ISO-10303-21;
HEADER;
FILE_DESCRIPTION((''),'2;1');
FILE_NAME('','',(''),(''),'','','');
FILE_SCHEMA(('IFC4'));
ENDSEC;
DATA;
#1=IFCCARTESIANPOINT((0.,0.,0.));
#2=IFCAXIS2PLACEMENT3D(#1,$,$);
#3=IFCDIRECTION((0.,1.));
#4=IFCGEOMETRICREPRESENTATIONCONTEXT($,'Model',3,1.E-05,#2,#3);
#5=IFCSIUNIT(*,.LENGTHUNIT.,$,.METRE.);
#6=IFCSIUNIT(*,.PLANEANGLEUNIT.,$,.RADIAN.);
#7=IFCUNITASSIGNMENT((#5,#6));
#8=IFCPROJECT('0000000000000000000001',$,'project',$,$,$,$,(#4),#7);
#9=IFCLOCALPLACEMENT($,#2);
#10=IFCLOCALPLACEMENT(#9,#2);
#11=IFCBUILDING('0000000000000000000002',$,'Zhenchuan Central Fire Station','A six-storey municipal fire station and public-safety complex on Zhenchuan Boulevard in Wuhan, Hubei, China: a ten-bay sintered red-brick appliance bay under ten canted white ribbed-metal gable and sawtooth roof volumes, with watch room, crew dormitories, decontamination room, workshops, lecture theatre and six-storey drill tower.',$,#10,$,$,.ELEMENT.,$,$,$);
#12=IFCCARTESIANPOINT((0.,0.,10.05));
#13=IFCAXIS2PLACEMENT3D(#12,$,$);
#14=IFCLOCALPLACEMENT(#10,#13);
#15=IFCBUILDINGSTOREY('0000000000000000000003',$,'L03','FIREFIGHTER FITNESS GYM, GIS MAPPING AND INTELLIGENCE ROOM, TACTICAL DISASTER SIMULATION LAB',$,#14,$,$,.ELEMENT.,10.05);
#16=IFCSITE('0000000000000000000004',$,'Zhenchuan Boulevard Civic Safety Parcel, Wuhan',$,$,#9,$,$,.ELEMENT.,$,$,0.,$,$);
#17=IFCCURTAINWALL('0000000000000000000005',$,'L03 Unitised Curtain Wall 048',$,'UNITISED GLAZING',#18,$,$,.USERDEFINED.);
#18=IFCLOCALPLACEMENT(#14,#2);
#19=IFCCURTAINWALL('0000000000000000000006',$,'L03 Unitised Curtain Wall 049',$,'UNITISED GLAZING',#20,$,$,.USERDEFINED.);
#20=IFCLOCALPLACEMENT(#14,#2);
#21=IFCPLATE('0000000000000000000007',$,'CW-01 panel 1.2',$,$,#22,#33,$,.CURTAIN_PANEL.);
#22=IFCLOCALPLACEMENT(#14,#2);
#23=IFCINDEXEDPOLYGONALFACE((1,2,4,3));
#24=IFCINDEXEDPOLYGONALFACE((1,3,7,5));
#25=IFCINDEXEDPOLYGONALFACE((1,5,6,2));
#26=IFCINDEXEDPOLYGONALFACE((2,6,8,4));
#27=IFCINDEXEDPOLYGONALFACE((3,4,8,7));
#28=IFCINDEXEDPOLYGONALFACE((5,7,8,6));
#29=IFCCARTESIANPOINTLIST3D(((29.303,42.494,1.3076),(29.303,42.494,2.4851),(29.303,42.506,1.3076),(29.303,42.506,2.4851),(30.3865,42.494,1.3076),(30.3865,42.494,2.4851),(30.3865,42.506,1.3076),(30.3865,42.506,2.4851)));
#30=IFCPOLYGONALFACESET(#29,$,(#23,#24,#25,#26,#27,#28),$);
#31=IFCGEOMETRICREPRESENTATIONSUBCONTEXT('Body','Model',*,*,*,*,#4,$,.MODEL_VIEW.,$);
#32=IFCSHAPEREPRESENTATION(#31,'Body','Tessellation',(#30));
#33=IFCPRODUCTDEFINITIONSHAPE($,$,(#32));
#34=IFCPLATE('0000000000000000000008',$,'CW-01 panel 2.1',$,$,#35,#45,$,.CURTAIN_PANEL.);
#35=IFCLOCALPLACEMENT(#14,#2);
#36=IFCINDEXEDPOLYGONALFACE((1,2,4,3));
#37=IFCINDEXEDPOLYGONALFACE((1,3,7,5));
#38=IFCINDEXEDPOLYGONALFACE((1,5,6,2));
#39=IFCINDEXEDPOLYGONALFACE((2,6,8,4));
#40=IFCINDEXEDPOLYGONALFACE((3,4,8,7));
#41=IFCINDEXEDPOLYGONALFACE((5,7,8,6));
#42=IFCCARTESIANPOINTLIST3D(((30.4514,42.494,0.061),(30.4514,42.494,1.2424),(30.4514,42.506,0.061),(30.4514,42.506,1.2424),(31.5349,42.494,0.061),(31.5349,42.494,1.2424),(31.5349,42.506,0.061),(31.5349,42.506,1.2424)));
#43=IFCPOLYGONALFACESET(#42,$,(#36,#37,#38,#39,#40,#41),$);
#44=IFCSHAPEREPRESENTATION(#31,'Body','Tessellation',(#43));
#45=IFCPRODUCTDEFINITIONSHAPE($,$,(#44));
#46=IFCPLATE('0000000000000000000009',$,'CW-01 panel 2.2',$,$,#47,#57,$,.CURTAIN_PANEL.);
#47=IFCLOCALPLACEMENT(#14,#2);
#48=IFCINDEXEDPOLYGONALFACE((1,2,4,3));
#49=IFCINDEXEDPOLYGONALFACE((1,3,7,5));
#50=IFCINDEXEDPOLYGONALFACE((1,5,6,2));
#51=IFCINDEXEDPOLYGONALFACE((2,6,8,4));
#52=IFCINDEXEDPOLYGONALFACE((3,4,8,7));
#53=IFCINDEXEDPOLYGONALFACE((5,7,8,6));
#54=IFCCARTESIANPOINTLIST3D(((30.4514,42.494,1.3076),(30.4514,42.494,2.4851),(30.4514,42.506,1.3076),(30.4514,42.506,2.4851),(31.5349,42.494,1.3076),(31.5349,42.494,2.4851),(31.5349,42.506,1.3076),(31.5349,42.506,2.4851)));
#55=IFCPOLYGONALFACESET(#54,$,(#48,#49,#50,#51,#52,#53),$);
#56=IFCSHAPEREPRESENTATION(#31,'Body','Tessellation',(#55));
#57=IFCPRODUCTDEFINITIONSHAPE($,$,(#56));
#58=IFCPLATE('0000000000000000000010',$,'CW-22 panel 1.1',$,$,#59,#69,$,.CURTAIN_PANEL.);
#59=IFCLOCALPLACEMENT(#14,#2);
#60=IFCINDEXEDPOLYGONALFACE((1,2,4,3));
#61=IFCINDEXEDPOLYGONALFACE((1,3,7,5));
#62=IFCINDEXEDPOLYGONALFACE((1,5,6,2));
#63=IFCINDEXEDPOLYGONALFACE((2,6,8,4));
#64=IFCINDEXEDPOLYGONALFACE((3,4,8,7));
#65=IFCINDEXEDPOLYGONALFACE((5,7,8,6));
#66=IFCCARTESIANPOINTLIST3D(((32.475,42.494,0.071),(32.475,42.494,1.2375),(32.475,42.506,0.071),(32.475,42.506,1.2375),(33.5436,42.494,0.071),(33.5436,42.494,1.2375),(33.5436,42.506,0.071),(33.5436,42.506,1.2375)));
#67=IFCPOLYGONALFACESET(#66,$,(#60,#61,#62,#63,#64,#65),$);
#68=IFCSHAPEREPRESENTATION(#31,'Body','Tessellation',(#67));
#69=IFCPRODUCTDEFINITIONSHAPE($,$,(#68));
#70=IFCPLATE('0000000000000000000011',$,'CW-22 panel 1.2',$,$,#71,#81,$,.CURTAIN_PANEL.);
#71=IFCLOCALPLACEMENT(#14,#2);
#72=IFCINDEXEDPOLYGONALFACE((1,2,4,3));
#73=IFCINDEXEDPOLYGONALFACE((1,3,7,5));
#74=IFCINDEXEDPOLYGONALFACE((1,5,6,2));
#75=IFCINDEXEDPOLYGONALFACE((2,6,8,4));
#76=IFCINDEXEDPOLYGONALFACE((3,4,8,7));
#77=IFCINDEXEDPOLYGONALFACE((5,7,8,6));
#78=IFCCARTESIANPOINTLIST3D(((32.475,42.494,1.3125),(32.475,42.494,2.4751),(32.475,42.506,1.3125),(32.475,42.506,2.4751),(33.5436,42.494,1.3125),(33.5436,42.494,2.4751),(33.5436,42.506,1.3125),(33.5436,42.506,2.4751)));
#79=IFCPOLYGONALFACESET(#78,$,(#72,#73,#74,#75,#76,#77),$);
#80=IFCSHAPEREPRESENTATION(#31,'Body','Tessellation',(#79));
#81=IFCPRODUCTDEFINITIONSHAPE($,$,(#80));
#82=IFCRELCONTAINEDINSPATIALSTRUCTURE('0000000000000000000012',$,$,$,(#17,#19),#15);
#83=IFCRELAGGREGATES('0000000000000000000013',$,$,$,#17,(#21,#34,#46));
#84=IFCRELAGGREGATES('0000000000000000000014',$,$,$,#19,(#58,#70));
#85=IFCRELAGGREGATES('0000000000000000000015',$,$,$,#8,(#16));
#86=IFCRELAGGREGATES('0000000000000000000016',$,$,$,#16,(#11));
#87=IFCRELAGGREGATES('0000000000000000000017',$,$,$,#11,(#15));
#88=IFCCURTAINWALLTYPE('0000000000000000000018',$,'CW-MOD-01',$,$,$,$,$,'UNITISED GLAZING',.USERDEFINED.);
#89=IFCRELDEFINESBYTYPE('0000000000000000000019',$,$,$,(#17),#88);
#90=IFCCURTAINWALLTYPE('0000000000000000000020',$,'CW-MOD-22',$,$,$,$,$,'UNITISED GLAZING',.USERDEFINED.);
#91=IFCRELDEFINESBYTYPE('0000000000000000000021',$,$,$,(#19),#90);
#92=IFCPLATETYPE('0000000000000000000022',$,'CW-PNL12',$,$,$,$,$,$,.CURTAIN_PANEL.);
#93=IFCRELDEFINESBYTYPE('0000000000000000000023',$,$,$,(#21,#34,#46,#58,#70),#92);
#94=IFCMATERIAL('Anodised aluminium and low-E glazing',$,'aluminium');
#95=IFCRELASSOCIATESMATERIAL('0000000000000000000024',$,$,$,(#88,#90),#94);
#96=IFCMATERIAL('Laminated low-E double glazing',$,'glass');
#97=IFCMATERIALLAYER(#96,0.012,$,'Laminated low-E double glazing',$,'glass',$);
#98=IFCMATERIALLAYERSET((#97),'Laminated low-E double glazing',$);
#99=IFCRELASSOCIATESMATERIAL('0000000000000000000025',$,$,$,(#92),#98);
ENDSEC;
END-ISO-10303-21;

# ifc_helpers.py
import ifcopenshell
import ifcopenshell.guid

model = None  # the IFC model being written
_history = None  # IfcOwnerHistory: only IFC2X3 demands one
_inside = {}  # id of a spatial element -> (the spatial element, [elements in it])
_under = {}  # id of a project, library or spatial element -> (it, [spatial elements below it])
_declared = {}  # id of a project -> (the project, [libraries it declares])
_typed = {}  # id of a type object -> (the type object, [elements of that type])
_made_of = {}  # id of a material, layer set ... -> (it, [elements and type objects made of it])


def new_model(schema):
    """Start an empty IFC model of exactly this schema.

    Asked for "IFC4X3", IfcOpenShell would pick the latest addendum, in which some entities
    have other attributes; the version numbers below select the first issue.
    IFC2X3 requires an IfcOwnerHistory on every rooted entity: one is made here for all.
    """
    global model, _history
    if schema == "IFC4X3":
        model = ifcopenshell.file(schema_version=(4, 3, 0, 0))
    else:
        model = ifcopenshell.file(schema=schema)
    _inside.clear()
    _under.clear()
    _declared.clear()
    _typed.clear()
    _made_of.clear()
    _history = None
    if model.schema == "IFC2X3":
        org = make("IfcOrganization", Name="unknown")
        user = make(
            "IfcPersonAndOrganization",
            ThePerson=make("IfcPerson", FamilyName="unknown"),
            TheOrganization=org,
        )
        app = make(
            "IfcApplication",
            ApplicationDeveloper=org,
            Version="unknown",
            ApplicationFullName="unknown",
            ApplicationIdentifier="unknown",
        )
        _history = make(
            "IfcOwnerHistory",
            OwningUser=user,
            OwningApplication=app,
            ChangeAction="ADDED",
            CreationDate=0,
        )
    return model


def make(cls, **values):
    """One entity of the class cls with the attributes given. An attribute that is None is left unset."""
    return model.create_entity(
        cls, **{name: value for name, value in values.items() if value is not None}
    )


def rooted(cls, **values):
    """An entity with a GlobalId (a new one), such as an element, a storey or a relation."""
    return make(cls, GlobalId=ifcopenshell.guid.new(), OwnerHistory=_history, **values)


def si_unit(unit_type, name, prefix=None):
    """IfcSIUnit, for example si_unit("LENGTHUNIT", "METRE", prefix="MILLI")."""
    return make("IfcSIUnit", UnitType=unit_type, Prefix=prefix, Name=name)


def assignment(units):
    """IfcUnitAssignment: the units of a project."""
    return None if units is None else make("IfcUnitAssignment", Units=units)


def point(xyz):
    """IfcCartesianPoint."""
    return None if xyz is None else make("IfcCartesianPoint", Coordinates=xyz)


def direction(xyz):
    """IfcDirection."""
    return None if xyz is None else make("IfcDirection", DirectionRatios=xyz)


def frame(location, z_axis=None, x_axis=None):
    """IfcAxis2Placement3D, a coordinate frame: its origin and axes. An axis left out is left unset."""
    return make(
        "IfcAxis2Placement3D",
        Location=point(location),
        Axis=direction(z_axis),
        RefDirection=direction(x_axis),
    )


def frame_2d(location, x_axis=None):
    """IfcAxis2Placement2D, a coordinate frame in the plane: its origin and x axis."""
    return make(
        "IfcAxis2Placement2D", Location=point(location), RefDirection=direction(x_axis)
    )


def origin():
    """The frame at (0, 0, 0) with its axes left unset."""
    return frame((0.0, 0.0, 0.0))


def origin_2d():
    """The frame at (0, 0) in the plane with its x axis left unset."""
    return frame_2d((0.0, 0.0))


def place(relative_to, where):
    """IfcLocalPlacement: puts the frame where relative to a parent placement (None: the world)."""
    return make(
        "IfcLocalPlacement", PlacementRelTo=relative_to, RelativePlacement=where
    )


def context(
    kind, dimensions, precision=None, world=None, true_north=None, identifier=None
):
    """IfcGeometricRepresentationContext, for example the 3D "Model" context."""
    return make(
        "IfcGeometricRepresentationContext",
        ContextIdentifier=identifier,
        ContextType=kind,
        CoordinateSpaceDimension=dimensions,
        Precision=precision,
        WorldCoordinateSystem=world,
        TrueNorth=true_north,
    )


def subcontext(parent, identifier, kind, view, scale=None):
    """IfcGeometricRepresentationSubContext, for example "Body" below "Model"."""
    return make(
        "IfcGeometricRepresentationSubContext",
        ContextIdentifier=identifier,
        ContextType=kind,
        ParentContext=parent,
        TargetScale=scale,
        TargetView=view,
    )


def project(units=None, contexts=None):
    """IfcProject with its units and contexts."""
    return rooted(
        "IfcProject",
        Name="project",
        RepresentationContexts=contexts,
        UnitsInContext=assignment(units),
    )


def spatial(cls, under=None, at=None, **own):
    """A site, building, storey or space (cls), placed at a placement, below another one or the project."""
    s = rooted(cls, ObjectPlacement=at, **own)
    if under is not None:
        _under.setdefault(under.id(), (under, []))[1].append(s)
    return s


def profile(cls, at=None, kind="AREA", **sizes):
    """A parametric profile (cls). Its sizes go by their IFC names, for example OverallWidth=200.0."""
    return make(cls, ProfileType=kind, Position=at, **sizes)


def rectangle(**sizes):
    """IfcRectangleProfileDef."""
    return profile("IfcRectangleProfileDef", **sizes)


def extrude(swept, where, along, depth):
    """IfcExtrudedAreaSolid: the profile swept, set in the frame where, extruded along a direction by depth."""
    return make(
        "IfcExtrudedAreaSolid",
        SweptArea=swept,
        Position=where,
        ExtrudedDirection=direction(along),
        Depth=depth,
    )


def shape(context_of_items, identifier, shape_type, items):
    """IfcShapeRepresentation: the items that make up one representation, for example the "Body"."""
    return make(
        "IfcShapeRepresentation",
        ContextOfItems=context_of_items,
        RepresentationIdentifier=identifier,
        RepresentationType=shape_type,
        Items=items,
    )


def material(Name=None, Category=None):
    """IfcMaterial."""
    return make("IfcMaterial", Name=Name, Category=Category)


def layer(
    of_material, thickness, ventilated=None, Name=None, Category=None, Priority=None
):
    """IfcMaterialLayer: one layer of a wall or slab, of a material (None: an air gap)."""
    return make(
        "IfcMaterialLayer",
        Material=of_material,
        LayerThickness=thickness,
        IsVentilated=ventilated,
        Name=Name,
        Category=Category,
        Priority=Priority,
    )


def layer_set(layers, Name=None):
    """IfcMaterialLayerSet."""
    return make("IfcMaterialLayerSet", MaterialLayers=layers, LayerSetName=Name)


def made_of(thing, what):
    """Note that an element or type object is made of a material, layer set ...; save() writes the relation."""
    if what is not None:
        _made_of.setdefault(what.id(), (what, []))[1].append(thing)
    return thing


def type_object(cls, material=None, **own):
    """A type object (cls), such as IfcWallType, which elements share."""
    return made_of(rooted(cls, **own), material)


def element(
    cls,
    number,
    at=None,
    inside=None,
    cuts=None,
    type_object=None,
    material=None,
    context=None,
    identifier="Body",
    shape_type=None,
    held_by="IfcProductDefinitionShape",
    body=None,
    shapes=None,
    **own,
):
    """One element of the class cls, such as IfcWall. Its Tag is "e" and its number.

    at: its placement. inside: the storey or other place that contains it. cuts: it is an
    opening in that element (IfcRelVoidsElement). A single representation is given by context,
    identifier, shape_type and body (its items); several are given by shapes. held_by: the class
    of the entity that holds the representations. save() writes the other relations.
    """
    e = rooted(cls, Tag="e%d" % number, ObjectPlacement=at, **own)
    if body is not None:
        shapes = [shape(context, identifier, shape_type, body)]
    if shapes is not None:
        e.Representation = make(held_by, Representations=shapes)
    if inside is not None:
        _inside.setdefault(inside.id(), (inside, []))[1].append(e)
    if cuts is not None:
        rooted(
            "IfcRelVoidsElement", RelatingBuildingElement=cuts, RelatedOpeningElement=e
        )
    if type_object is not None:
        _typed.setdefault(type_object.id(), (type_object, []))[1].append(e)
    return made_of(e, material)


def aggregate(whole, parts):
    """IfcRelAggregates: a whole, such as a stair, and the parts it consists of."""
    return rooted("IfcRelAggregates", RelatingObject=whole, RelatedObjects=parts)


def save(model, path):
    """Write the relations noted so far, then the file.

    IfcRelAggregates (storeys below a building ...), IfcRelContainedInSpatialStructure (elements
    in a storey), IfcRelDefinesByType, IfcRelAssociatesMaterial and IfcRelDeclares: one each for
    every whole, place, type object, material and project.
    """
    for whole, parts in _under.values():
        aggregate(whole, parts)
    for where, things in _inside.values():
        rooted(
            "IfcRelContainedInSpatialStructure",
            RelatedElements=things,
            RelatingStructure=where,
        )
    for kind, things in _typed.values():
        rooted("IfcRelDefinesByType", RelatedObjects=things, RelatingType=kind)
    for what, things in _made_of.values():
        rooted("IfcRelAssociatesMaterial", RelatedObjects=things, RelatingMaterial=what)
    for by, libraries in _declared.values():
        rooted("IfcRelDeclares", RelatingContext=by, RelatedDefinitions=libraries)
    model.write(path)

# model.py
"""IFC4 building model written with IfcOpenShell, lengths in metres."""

from ifc_helpers import new_model, si_unit, direction, frame, origin, origin_2d, place, context, subcontext, project, spatial, rectangle, extrude, material, layer, layer_set, type_object, element, aggregate, save


model = new_model("IFC4")

# Units and contexts
model_context = context("Model", 3, precision=1e-05, world=origin(), true_north=direction((0.0, 1.0)))
body_context = subcontext(model_context, "Body", "Model", "MODEL_VIEW")
ifc_project = project(units=[si_unit("LENGTHUNIT", "METRE"), si_unit("PLANEANGLEUNIT", "RADIAN")], contexts=[model_context])

# Site, building, storey
site_placement = place(None, origin())
site = spatial("IfcSite", under=ifc_project, at=site_placement, Name="Zhenchuan Boulevard Civic Safety Parcel, Wuhan", CompositionType="ELEMENT", RefElevation=0.0)
building_placement = place(site_placement, origin())
building = spatial("IfcBuilding", under=site, at=building_placement, Name="Zhenchuan Central Fire Station", Description="A six-storey municipal fire station and public-safety complex on Zhenchuan Boulevard in Wuhan, Hubei, China: a ten-bay sintered red-brick appliance bay under ten canted white ribbed-metal gable and sawtooth roof volumes, with watch room, crew dormitories, decontamination room, workshops, lecture theatre and six-storey drill tower.", CompositionType="ELEMENT")
storey_placement = place(building_placement, frame((0.0, 0.0, 10.05)))
storey = spatial("IfcBuildingStorey", under=building, at=storey_placement, Name="L03", Description="FIREFIGHTER FITNESS GYM, GIS MAPPING AND INTELLIGENCE ROOM, TACTICAL DISASTER SIMULATION LAB", CompositionType="ELEMENT", Elevation=10.05)

# Curtain walls
ifc_material_1 = material(Name="Anodised aluminium and low-E glazing", Category="aluminium")
curtain_wall_type_1 = type_object("IfcCurtainWallType", Name="CW-MOD-01", ElementType="UNITISED GLAZING", PredefinedType="USERDEFINED", material=ifc_material_1)
curtain_wall_1_placement = place(storey_placement, origin())
curtain_wall_1 = element("IfcCurtainWall", 1, at=curtain_wall_1_placement, inside=storey, type_object=curtain_wall_type_1, Name="L03 Unitised Curtain Wall 048", ObjectType="UNITISED GLAZING", PredefinedType="USERDEFINED")
curtain_wall_type_2 = type_object("IfcCurtainWallType", Name="CW-MOD-22", ElementType="UNITISED GLAZING", PredefinedType="USERDEFINED", material=ifc_material_1)
curtain_wall_2_placement = place(storey_placement, origin())
curtain_wall_2 = element("IfcCurtainWall", 2, at=curtain_wall_2_placement, inside=storey, type_object=curtain_wall_type_2, Name="L03 Unitised Curtain Wall 049", ObjectType="UNITISED GLAZING", PredefinedType="USERDEFINED")

# Plates
ifc_material_2 = material(Name="Laminated low-E double glazing", Category="glass")
ifc_layer = layer(ifc_material_2, 0.012, Name="Laminated low-E double glazing", Category="glass")
ifc_layer_set = layer_set([ifc_layer], Name="Laminated low-E double glazing")
plate_type = type_object("IfcPlateType", Name="CW-PNL12", PredefinedType="CURTAIN_PANEL", material=ifc_layer_set)
plate_1_placement = place(storey_placement, frame((29.8447, 42.5, 1.3076), z_axis=(0.0, 0.0, 1.0), x_axis=(1.0, 0.0, 0.0)))
plate_1 = element("IfcPlate", 3, at=plate_1_placement, type_object=plate_type, Name="CW-01 panel 1.2", PredefinedType="CURTAIN_PANEL", context=body_context, shape_type="SweptSolid", body=[
    extrude(rectangle(XDim=1.0835, YDim=0.012, at=origin_2d()), origin(), (0.0, 0.0, 1.0), 1.1775),
])
plate_2_placement = place(storey_placement, frame((30.9932, 42.5, 0.061), z_axis=(0.0, 0.0, 1.0), x_axis=(1.0, 0.0, 0.0)))
plate_2 = element("IfcPlate", 4, at=plate_2_placement, type_object=plate_type, Name="CW-01 panel 2.1", PredefinedType="CURTAIN_PANEL", context=body_context, shape_type="SweptSolid", body=[
    extrude(rectangle(XDim=1.0835, YDim=0.012, at=origin_2d()), origin(), (0.0, 0.0, 1.0), 1.1814),
])
plate_3_placement = place(storey_placement, frame((30.9932, 42.5, 1.3076), z_axis=(0.0, 0.0, 1.0), x_axis=(1.0, 0.0, 0.0)))
plate_3 = element("IfcPlate", 5, at=plate_3_placement, type_object=plate_type, Name="CW-01 panel 2.2", PredefinedType="CURTAIN_PANEL", context=body_context, shape_type="SweptSolid", body=[
    extrude(rectangle(XDim=1.0835, YDim=0.012, at=origin_2d()), origin(), (0.0, 0.0, 1.0), 1.1775),
])
aggregate(curtain_wall_1, [plate_1, plate_2, plate_3])
plate_4_placement = place(storey_placement, frame((33.0093, 42.5, 0.071), z_axis=(0.0, 0.0, 1.0), x_axis=(1.0, 0.0, 0.0)))
plate_4 = element("IfcPlate", 6, at=plate_4_placement, type_object=plate_type, Name="CW-22 panel 1.1", PredefinedType="CURTAIN_PANEL", context=body_context, shape_type="SweptSolid", body=[
    extrude(rectangle(XDim=1.0686, YDim=0.012, at=origin_2d()), origin(), (0.0, 0.0, 1.0), 1.1665),
])
plate_5_placement = place(storey_placement, frame((33.0093, 42.5, 1.3125), z_axis=(0.0, 0.0, 1.0), x_axis=(1.0, 0.0, 0.0)))
plate_5 = element("IfcPlate", 7, at=plate_5_placement, type_object=plate_type, Name="CW-22 panel 1.2", PredefinedType="CURTAIN_PANEL", context=body_context, shape_type="SweptSolid", body=[
    extrude(rectangle(XDim=1.0686, YDim=0.012, at=origin_2d()), origin(), (0.0, 0.0, 1.0), 1.1626),
])
aggregate(curtain_wall_2, [plate_4, plate_5])

save(model, "model.ifc")
